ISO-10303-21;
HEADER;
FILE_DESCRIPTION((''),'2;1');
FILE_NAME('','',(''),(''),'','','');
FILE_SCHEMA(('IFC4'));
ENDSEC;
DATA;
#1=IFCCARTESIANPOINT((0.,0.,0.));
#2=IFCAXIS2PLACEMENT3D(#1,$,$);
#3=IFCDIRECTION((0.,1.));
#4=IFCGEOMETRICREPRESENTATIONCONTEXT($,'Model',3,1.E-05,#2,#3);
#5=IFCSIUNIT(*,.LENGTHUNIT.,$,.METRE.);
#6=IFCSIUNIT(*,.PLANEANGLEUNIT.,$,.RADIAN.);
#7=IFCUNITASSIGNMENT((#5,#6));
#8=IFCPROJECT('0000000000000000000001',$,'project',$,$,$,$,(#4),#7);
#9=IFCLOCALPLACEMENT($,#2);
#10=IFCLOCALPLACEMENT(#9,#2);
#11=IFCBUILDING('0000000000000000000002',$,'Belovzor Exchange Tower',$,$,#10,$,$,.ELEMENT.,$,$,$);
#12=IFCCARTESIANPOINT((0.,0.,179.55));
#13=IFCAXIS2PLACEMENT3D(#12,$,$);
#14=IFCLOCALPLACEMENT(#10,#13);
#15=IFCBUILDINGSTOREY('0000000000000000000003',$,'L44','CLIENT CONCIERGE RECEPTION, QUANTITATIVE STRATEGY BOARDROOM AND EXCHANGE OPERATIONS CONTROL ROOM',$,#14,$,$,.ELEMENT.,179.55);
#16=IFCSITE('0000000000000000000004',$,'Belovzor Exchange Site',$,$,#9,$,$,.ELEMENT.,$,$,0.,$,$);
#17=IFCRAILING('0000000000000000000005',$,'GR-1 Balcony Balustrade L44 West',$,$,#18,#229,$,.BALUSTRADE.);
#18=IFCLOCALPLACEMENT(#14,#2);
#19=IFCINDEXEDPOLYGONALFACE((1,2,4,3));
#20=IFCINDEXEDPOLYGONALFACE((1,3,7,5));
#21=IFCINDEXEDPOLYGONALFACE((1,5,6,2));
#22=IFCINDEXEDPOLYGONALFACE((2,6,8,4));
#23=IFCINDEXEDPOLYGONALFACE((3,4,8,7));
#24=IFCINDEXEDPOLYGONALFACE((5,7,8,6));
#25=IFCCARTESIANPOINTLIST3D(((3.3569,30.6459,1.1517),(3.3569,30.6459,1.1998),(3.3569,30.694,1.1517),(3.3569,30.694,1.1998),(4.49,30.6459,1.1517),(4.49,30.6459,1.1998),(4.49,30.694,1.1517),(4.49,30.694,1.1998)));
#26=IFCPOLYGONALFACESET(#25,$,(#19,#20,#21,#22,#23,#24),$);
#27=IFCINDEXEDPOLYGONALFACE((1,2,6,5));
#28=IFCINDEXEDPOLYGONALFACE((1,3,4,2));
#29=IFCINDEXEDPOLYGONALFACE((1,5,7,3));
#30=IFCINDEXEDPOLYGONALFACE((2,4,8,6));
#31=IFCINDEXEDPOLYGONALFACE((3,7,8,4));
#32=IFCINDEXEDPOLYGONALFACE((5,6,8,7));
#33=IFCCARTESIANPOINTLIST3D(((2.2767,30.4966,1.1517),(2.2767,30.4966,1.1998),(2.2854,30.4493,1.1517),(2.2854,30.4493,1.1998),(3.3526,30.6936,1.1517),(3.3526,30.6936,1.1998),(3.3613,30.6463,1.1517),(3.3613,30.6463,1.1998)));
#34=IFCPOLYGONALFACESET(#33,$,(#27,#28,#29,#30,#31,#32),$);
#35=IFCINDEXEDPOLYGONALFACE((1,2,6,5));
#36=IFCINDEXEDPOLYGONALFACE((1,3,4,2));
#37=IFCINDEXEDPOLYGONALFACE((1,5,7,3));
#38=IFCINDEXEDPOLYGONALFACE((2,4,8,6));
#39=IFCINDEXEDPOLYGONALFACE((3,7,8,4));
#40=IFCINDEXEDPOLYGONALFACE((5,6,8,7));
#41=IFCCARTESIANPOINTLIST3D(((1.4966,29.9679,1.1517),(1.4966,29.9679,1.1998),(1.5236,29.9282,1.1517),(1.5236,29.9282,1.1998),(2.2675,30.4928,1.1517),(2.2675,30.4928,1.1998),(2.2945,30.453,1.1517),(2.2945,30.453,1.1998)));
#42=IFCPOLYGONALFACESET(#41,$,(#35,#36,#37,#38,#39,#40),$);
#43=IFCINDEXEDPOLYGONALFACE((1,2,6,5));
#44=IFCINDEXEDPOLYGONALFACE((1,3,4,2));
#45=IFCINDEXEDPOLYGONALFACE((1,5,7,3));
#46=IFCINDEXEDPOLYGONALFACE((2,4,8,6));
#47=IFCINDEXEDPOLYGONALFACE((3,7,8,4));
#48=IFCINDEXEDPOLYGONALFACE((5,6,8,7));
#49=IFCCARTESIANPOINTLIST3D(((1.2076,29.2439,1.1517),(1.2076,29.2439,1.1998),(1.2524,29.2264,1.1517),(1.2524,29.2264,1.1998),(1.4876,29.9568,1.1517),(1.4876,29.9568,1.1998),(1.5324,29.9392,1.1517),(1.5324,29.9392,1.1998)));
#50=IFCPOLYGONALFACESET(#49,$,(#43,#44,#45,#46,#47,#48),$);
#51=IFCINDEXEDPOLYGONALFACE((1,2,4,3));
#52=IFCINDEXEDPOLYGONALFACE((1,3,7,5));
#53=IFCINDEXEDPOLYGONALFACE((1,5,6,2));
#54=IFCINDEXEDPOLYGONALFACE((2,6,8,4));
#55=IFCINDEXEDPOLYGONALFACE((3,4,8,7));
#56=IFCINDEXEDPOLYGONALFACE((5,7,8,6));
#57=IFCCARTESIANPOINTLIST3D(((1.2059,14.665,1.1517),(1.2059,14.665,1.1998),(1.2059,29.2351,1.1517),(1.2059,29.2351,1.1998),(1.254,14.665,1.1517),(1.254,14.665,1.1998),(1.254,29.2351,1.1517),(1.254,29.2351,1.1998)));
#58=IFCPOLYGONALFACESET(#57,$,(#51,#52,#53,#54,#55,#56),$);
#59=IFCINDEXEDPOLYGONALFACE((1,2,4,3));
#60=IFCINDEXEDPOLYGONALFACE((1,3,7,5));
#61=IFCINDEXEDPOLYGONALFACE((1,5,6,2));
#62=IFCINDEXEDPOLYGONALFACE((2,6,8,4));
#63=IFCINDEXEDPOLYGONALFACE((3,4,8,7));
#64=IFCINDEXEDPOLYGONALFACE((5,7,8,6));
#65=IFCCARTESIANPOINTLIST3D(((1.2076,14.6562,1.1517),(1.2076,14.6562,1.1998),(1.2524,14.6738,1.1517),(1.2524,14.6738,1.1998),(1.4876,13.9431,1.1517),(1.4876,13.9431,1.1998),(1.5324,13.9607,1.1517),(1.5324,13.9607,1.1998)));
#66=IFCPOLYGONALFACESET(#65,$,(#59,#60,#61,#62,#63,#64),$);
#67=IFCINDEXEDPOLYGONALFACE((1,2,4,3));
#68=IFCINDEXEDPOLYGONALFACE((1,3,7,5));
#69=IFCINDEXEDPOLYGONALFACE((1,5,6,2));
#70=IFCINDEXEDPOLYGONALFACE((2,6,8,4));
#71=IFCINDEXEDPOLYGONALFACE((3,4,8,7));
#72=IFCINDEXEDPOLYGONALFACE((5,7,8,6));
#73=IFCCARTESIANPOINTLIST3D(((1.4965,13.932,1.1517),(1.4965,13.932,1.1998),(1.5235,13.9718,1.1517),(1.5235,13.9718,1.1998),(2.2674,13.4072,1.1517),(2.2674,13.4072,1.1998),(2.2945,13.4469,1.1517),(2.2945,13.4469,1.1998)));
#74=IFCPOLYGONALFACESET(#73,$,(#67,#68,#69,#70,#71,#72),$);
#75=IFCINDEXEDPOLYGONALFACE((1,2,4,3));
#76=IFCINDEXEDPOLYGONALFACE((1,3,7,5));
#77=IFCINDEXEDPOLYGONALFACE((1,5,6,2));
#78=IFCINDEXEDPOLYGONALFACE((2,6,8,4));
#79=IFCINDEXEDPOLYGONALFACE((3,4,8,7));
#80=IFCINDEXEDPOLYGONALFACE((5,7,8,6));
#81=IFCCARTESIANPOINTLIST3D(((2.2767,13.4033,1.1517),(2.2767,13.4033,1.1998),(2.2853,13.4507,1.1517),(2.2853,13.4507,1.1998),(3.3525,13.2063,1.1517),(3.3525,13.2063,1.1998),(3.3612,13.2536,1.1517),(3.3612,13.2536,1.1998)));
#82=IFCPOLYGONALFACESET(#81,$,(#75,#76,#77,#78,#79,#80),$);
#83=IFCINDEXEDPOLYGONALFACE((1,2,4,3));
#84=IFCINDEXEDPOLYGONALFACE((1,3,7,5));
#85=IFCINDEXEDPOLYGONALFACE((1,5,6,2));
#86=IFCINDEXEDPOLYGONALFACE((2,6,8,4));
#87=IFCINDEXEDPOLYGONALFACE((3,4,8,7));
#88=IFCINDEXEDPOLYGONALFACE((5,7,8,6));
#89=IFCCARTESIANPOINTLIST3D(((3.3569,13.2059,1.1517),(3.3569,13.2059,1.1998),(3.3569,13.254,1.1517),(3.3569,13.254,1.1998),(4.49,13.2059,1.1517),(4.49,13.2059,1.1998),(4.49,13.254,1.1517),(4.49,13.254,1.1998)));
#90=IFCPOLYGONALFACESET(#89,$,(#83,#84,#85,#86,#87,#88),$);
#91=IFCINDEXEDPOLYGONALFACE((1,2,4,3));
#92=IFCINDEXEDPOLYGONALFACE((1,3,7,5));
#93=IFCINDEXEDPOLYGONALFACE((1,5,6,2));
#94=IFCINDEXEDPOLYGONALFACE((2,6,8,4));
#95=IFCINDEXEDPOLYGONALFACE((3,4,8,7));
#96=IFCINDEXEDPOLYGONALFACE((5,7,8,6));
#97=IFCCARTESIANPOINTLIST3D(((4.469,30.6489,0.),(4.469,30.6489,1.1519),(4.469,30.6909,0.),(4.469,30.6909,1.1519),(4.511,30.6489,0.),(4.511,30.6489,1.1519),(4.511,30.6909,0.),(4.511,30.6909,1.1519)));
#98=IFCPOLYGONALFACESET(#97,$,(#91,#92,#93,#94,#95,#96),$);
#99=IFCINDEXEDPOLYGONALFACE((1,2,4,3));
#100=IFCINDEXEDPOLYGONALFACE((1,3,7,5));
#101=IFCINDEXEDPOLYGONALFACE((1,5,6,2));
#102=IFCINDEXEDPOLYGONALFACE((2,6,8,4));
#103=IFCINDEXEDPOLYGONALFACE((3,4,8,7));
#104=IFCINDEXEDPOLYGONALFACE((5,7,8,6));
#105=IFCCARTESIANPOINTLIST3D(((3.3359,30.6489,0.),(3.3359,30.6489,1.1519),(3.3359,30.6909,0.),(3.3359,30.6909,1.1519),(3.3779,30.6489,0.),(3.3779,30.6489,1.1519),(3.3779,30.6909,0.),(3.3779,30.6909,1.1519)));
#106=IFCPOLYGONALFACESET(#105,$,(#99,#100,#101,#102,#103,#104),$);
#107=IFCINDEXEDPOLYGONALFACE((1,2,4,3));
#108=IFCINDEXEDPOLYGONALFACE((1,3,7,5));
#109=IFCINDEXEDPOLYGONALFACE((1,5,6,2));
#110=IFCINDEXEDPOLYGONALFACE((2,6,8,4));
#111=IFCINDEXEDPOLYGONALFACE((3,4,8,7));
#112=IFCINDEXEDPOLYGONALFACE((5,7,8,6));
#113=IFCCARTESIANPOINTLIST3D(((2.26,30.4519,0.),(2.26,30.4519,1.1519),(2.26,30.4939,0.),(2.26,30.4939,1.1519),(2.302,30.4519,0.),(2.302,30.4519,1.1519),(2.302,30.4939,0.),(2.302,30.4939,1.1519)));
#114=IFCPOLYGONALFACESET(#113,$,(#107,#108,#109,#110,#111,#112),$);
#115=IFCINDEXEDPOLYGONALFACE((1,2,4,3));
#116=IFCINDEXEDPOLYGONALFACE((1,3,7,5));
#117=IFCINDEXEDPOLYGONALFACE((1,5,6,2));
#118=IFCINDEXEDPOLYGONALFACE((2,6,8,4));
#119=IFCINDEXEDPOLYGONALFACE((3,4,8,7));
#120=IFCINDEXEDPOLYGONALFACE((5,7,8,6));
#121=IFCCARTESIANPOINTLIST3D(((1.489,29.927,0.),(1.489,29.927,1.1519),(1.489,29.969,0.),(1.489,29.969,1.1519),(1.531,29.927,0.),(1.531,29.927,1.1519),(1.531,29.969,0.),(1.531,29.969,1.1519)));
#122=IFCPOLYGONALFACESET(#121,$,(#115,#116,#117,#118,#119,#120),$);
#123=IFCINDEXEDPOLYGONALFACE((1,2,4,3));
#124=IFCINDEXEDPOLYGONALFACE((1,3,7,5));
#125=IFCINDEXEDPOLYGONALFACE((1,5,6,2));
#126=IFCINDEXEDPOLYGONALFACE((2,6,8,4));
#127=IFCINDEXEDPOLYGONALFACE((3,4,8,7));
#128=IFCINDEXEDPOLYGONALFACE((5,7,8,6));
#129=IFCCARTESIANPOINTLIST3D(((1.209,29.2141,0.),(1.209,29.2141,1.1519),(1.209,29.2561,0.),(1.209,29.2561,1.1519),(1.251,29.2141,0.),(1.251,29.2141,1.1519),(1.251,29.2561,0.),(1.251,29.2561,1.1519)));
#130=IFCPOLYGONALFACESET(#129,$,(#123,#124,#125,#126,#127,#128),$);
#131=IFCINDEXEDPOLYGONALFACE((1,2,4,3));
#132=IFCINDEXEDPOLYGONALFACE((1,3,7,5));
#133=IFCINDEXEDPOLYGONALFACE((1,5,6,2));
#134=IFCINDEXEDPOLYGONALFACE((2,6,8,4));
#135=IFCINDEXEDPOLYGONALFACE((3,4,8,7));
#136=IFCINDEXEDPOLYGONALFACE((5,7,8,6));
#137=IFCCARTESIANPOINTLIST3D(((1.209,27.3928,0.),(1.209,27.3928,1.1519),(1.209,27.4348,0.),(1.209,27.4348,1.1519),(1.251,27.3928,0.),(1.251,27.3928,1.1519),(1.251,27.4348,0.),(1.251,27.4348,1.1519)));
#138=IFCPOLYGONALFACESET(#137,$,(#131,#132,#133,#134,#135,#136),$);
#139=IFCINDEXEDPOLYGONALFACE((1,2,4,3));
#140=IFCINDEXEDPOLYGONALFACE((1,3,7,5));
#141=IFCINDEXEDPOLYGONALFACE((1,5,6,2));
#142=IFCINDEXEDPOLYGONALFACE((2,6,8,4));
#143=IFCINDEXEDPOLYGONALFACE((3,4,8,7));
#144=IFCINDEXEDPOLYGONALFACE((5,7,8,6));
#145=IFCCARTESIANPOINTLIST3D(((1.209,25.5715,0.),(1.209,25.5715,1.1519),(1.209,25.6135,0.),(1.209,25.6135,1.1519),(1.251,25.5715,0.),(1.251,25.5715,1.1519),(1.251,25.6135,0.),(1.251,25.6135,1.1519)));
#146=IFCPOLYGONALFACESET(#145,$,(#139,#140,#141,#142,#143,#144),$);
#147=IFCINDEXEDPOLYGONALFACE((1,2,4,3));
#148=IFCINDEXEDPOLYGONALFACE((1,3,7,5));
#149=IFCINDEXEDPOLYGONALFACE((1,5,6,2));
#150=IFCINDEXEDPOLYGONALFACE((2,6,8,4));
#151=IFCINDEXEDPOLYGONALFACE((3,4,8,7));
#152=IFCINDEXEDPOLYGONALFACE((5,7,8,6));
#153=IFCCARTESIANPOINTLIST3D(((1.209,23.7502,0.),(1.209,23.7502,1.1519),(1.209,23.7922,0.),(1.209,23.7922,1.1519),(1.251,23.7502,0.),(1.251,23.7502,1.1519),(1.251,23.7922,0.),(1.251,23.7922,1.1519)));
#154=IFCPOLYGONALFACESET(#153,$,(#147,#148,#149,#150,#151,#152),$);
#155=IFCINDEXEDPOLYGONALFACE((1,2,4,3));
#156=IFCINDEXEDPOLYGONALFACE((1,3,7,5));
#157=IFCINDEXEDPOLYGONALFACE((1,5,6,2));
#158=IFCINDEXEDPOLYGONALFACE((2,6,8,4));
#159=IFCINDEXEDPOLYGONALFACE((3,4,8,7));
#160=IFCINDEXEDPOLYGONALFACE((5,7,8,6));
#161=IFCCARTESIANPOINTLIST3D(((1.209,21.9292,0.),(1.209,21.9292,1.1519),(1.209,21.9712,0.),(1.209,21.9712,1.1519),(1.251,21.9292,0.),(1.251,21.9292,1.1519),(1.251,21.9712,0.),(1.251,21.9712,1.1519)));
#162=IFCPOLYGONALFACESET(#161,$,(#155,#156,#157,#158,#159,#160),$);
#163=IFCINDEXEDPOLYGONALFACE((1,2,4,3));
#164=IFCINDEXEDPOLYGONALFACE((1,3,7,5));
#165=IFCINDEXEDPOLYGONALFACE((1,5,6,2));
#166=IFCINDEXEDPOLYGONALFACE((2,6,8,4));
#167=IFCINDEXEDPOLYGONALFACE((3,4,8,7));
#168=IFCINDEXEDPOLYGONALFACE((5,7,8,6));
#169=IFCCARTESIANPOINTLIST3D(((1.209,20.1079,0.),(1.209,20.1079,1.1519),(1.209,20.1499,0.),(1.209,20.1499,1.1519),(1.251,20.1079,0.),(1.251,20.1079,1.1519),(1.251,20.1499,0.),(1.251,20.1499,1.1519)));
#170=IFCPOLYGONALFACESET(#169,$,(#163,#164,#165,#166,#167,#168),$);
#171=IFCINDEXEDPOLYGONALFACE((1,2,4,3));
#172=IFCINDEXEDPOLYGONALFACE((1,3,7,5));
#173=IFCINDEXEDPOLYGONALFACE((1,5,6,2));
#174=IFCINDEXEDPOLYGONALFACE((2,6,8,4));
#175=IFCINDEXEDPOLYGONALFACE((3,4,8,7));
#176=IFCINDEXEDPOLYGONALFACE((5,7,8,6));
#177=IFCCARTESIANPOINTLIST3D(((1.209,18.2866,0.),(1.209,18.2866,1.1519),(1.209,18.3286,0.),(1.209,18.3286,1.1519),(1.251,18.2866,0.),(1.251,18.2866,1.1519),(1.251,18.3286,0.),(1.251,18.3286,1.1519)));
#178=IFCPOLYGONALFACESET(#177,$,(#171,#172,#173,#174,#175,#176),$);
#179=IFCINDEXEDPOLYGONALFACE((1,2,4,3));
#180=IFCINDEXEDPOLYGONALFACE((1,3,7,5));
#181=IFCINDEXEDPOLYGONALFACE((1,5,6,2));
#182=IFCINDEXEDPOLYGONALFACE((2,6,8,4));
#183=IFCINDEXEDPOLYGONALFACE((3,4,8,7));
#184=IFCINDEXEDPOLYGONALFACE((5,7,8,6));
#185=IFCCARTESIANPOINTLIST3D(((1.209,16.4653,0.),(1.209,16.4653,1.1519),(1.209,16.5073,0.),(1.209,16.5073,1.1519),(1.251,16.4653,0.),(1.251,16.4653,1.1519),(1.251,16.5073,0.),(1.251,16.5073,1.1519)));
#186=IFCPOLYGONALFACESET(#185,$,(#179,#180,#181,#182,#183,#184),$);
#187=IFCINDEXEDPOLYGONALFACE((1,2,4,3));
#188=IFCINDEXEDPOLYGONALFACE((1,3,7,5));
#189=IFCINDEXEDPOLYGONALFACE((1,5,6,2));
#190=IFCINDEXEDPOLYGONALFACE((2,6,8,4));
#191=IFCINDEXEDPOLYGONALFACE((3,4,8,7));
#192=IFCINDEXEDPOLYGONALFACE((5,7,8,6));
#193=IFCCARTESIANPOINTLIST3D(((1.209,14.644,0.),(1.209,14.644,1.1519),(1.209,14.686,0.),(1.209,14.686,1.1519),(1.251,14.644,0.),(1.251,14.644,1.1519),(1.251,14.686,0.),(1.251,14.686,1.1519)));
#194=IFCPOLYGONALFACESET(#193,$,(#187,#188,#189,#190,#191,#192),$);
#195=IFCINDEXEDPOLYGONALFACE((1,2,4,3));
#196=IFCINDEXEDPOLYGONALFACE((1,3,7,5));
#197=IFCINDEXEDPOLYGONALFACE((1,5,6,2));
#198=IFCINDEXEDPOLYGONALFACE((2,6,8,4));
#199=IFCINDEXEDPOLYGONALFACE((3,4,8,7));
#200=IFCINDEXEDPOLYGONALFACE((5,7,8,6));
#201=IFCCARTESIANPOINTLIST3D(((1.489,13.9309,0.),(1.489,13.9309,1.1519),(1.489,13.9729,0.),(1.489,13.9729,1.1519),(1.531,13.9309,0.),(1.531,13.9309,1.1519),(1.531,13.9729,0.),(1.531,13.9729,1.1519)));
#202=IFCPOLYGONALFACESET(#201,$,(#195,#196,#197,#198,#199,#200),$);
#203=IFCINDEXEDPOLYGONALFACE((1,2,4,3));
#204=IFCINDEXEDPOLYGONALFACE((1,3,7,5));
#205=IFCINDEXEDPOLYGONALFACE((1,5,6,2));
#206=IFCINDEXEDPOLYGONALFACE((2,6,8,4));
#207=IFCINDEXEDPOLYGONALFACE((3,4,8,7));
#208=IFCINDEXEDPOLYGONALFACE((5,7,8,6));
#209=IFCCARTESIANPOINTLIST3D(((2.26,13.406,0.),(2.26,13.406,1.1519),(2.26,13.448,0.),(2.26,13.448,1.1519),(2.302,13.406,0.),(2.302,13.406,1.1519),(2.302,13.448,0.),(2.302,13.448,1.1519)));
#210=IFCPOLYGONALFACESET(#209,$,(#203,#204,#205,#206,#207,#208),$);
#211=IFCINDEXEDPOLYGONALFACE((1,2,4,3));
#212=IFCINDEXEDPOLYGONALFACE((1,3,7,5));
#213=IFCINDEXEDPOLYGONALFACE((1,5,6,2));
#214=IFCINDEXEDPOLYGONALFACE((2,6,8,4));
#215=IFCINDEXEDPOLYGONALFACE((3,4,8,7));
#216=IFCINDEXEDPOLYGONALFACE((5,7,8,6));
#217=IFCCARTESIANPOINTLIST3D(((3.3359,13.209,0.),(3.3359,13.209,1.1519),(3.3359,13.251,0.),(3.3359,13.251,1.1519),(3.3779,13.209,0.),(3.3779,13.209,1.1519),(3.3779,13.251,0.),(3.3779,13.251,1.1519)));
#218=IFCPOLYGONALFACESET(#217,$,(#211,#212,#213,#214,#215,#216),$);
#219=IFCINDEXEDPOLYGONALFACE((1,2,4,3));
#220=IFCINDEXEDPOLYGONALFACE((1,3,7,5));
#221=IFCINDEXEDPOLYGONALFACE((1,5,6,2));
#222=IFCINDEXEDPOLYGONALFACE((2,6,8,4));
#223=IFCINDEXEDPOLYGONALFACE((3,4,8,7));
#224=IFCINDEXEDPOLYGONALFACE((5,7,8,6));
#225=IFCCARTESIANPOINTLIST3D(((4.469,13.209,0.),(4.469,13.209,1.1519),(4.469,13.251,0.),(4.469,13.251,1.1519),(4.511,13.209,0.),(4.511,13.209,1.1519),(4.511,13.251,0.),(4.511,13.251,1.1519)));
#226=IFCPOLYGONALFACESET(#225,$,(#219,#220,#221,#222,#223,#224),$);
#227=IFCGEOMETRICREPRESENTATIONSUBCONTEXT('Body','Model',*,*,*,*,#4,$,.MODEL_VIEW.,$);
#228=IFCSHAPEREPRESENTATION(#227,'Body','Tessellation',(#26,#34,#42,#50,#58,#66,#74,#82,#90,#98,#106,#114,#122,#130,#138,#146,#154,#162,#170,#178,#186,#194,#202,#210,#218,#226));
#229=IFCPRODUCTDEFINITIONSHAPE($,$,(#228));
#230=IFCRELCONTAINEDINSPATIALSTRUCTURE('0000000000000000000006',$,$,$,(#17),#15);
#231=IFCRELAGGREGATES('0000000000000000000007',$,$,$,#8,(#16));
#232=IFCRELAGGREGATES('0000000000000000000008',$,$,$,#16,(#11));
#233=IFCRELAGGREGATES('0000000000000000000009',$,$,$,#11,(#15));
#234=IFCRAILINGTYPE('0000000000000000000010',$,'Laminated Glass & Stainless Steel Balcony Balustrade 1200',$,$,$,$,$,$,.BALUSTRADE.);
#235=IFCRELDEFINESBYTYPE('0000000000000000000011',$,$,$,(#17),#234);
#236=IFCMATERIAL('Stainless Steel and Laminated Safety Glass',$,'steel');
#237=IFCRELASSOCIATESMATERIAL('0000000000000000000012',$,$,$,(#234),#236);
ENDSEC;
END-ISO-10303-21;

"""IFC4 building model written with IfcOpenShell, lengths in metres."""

from ifc_helpers import new_model, si_unit, direction, frame, origin, origin_2d, place, context, subcontext, project, spatial, rectangle, extrude, material, type_object, element, save


model = new_model("IFC4")

# Units and contexts
model_context = context("Model", 3, precision=1e-05, world=origin(), true_north=direction((0.0, 1.0)))
body_context = subcontext(model_context, "Body", "Model", "MODEL_VIEW")
ifc_project = project(units=[si_unit("LENGTHUNIT", "METRE"), si_unit("PLANEANGLEUNIT", "RADIAN")], contexts=[model_context])

# Site, building, storey
site_placement = place(None, origin())
site = spatial("IfcSite", under=ifc_project, at=site_placement, Name="Belovzor Exchange Site", CompositionType="ELEMENT", RefElevation=0.0)
building_placement = place(site_placement, origin())
building = spatial("IfcBuilding", under=site, at=building_placement, Name="Belovzor Exchange Tower", CompositionType="ELEMENT")
storey_placement = place(building_placement, frame((0.0, 0.0, 179.55)))
storey = spatial("IfcBuildingStorey", under=building, at=storey_placement, Name="L44", Description="CLIENT CONCIERGE RECEPTION, QUANTITATIVE STRATEGY BOARDROOM AND EXCHANGE OPERATIONS CONTROL ROOM", CompositionType="ELEMENT", Elevation=179.55)

# Railing
ifc_material_1 = material(Name="Stainless Steel and Laminated Safety Glass", Category="steel")
railing_type = type_object("IfcRailingType", Name="Laminated Glass & Stainless Steel Balcony Balustrade 1200", PredefinedType="BALUSTRADE", material=ifc_material_1)
railing_placement = place(storey_placement, frame((4.49, 30.6699, 0.0)))
element("IfcRailing", 1, at=railing_placement, inside=storey, type_object=railing_type, Name="GR-1 Balcony Balustrade L44 West", PredefinedType="BALUSTRADE", context=body_context, shape_type="SweptSolid", body=[
    extrude(rectangle(XDim=0.0481, YDim=0.0481, at=origin_2d()), frame((0.0, 0.0, 1.1758), z_axis=(-1.0, 0.0, 0.0), x_axis=(0.0, -1.0, 0.0)), (0.0, 0.0, 1.0), 1.1331),
    extrude(rectangle(XDim=0.0481, YDim=0.0481, at=origin_2d()), frame((-1.1331, 0.0, 1.1758), z_axis=(-0.983644, -0.180123, 0.0), x_axis=(0.180123, -0.983644, 0.0)), (0.0, 0.0, 1.0), 1.0938),
    extrude(rectangle(XDim=0.0481, YDim=0.0481, at=origin_2d()), frame((-2.209, -0.197, 1.1758), z_axis=(-0.826615, -0.562768, 0.0), x_axis=(0.562768, -0.826615, 0.0)), (0.0, 0.0, 1.0), 0.9326),
    extrude(rectangle(XDim=0.0481, YDim=0.0481, at=origin_2d()), frame((-2.98, -0.7219, 1.1758), z_axis=(-0.365613, -0.930767, 0.0), x_axis=(0.930767, -0.365613, 0.0)), (0.0, 0.0, 1.0), 0.7659),
    extrude(rectangle(XDim=0.0481, YDim=0.0481, at=origin_2d()), frame((-3.26, -1.4348, 1.1758), z_axis=(0.0, -1.0, 0.0), x_axis=(1.0, 0.0, 0.0)), (0.0, 0.0, 1.0), 14.5701),
    extrude(rectangle(XDim=0.0481, YDim=0.0481, at=origin_2d()), frame((-3.26, -16.0049, 1.1758), z_axis=(0.365504, -0.93081, 0.0), x_axis=(0.93081, 0.365504, 0.0)), (0.0, 0.0, 1.0), 0.7661),
    extrude(rectangle(XDim=0.0481, YDim=0.0481, at=origin_2d()), frame((-2.98, -16.718, 1.1758), z_axis=(0.826615, -0.562768, 0.0), x_axis=(0.562768, 0.826615, 0.0)), (0.0, 0.0, 1.0), 0.9326),
    extrude(rectangle(XDim=0.0481, YDim=0.0481, at=origin_2d()), frame((-2.209, -17.2429, 1.1758), z_axis=(0.983644, -0.180123, 0.0), x_axis=(0.180123, 0.983644, 0.0)), (0.0, 0.0, 1.0), 1.0938),
    extrude(rectangle(XDim=0.0481, YDim=0.0481, at=origin_2d()), frame((-1.1331, -17.4399, 1.1758), z_axis=(1.0, 0.0, 0.0), x_axis=(0.0, 1.0, 0.0)), (0.0, 0.0, 1.0), 1.1331),
    extrude(rectangle(XDim=0.042, YDim=0.042, at=origin_2d()), origin(), (0.0, 0.0, 1.0), 1.1519),
    extrude(rectangle(XDim=0.042, YDim=0.042, at=origin_2d()), frame((-1.1331, 0.0, 0.0)), (0.0, 0.0, 1.0), 1.1519),
    extrude(rectangle(XDim=0.042, YDim=0.042, at=origin_2d()), frame((-2.209, -0.197, 0.0)), (0.0, 0.0, 1.0), 1.1519),
    extrude(rectangle(XDim=0.042, YDim=0.042, at=origin_2d()), frame((-2.98, -0.7219, 0.0)), (0.0, 0.0, 1.0), 1.1519),
    extrude(rectangle(XDim=0.042, YDim=0.042, at=origin_2d()), frame((-3.26, -1.4348, 0.0)), (0.0, 0.0, 1.0), 1.1519),
    extrude(rectangle(XDim=0.042, YDim=0.042, at=origin_2d()), frame((-3.26, -3.2561, 0.0)), (0.0, 0.0, 1.0), 1.1519),
    extrude(rectangle(XDim=0.042, YDim=0.042, at=origin_2d()), frame((-3.26, -5.0774, 0.0)), (0.0, 0.0, 1.0), 1.1519),
    extrude(rectangle(XDim=0.042, YDim=0.042, at=origin_2d()), frame((-3.26, -6.8987, 0.0)), (0.0, 0.0, 1.0), 1.1519),
    extrude(rectangle(XDim=0.042, YDim=0.042, at=origin_2d()), frame((-3.26, -8.7197, 0.0)), (0.0, 0.0, 1.0), 1.1519),
    extrude(rectangle(XDim=0.042, YDim=0.042, at=origin_2d()), frame((-3.26, -10.541, 0.0)), (0.0, 0.0, 1.0), 1.1519),
    extrude(rectangle(XDim=0.042, YDim=0.042, at=origin_2d()), frame((-3.26, -12.3623, 0.0)), (0.0, 0.0, 1.0), 1.1519),
    extrude(rectangle(XDim=0.042, YDim=0.042, at=origin_2d()), frame((-3.26, -14.1836, 0.0)), (0.0, 0.0, 1.0), 1.1519),
    extrude(rectangle(XDim=0.042, YDim=0.042, at=origin_2d()), frame((-3.26, -16.0049, 0.0)), (0.0, 0.0, 1.0), 1.1519),
    extrude(rectangle(XDim=0.042, YDim=0.042, at=origin_2d()), frame((-2.98, -16.718, 0.0)), (0.0, 0.0, 1.0), 1.1519),
    extrude(rectangle(XDim=0.042, YDim=0.042, at=origin_2d()), frame((-2.209, -17.2429, 0.0)), (0.0, 0.0, 1.0), 1.1519),
    extrude(rectangle(XDim=0.042, YDim=0.042, at=origin_2d()), frame((-1.1331, -17.4399, 0.0)), (0.0, 0.0, 1.0), 1.1519),
    extrude(rectangle(XDim=0.042, YDim=0.042, at=origin_2d()), frame((0.0, -17.4399, 0.0)), (0.0, 0.0, 1.0), 1.1519),
])

save(model, "model.ifc")
